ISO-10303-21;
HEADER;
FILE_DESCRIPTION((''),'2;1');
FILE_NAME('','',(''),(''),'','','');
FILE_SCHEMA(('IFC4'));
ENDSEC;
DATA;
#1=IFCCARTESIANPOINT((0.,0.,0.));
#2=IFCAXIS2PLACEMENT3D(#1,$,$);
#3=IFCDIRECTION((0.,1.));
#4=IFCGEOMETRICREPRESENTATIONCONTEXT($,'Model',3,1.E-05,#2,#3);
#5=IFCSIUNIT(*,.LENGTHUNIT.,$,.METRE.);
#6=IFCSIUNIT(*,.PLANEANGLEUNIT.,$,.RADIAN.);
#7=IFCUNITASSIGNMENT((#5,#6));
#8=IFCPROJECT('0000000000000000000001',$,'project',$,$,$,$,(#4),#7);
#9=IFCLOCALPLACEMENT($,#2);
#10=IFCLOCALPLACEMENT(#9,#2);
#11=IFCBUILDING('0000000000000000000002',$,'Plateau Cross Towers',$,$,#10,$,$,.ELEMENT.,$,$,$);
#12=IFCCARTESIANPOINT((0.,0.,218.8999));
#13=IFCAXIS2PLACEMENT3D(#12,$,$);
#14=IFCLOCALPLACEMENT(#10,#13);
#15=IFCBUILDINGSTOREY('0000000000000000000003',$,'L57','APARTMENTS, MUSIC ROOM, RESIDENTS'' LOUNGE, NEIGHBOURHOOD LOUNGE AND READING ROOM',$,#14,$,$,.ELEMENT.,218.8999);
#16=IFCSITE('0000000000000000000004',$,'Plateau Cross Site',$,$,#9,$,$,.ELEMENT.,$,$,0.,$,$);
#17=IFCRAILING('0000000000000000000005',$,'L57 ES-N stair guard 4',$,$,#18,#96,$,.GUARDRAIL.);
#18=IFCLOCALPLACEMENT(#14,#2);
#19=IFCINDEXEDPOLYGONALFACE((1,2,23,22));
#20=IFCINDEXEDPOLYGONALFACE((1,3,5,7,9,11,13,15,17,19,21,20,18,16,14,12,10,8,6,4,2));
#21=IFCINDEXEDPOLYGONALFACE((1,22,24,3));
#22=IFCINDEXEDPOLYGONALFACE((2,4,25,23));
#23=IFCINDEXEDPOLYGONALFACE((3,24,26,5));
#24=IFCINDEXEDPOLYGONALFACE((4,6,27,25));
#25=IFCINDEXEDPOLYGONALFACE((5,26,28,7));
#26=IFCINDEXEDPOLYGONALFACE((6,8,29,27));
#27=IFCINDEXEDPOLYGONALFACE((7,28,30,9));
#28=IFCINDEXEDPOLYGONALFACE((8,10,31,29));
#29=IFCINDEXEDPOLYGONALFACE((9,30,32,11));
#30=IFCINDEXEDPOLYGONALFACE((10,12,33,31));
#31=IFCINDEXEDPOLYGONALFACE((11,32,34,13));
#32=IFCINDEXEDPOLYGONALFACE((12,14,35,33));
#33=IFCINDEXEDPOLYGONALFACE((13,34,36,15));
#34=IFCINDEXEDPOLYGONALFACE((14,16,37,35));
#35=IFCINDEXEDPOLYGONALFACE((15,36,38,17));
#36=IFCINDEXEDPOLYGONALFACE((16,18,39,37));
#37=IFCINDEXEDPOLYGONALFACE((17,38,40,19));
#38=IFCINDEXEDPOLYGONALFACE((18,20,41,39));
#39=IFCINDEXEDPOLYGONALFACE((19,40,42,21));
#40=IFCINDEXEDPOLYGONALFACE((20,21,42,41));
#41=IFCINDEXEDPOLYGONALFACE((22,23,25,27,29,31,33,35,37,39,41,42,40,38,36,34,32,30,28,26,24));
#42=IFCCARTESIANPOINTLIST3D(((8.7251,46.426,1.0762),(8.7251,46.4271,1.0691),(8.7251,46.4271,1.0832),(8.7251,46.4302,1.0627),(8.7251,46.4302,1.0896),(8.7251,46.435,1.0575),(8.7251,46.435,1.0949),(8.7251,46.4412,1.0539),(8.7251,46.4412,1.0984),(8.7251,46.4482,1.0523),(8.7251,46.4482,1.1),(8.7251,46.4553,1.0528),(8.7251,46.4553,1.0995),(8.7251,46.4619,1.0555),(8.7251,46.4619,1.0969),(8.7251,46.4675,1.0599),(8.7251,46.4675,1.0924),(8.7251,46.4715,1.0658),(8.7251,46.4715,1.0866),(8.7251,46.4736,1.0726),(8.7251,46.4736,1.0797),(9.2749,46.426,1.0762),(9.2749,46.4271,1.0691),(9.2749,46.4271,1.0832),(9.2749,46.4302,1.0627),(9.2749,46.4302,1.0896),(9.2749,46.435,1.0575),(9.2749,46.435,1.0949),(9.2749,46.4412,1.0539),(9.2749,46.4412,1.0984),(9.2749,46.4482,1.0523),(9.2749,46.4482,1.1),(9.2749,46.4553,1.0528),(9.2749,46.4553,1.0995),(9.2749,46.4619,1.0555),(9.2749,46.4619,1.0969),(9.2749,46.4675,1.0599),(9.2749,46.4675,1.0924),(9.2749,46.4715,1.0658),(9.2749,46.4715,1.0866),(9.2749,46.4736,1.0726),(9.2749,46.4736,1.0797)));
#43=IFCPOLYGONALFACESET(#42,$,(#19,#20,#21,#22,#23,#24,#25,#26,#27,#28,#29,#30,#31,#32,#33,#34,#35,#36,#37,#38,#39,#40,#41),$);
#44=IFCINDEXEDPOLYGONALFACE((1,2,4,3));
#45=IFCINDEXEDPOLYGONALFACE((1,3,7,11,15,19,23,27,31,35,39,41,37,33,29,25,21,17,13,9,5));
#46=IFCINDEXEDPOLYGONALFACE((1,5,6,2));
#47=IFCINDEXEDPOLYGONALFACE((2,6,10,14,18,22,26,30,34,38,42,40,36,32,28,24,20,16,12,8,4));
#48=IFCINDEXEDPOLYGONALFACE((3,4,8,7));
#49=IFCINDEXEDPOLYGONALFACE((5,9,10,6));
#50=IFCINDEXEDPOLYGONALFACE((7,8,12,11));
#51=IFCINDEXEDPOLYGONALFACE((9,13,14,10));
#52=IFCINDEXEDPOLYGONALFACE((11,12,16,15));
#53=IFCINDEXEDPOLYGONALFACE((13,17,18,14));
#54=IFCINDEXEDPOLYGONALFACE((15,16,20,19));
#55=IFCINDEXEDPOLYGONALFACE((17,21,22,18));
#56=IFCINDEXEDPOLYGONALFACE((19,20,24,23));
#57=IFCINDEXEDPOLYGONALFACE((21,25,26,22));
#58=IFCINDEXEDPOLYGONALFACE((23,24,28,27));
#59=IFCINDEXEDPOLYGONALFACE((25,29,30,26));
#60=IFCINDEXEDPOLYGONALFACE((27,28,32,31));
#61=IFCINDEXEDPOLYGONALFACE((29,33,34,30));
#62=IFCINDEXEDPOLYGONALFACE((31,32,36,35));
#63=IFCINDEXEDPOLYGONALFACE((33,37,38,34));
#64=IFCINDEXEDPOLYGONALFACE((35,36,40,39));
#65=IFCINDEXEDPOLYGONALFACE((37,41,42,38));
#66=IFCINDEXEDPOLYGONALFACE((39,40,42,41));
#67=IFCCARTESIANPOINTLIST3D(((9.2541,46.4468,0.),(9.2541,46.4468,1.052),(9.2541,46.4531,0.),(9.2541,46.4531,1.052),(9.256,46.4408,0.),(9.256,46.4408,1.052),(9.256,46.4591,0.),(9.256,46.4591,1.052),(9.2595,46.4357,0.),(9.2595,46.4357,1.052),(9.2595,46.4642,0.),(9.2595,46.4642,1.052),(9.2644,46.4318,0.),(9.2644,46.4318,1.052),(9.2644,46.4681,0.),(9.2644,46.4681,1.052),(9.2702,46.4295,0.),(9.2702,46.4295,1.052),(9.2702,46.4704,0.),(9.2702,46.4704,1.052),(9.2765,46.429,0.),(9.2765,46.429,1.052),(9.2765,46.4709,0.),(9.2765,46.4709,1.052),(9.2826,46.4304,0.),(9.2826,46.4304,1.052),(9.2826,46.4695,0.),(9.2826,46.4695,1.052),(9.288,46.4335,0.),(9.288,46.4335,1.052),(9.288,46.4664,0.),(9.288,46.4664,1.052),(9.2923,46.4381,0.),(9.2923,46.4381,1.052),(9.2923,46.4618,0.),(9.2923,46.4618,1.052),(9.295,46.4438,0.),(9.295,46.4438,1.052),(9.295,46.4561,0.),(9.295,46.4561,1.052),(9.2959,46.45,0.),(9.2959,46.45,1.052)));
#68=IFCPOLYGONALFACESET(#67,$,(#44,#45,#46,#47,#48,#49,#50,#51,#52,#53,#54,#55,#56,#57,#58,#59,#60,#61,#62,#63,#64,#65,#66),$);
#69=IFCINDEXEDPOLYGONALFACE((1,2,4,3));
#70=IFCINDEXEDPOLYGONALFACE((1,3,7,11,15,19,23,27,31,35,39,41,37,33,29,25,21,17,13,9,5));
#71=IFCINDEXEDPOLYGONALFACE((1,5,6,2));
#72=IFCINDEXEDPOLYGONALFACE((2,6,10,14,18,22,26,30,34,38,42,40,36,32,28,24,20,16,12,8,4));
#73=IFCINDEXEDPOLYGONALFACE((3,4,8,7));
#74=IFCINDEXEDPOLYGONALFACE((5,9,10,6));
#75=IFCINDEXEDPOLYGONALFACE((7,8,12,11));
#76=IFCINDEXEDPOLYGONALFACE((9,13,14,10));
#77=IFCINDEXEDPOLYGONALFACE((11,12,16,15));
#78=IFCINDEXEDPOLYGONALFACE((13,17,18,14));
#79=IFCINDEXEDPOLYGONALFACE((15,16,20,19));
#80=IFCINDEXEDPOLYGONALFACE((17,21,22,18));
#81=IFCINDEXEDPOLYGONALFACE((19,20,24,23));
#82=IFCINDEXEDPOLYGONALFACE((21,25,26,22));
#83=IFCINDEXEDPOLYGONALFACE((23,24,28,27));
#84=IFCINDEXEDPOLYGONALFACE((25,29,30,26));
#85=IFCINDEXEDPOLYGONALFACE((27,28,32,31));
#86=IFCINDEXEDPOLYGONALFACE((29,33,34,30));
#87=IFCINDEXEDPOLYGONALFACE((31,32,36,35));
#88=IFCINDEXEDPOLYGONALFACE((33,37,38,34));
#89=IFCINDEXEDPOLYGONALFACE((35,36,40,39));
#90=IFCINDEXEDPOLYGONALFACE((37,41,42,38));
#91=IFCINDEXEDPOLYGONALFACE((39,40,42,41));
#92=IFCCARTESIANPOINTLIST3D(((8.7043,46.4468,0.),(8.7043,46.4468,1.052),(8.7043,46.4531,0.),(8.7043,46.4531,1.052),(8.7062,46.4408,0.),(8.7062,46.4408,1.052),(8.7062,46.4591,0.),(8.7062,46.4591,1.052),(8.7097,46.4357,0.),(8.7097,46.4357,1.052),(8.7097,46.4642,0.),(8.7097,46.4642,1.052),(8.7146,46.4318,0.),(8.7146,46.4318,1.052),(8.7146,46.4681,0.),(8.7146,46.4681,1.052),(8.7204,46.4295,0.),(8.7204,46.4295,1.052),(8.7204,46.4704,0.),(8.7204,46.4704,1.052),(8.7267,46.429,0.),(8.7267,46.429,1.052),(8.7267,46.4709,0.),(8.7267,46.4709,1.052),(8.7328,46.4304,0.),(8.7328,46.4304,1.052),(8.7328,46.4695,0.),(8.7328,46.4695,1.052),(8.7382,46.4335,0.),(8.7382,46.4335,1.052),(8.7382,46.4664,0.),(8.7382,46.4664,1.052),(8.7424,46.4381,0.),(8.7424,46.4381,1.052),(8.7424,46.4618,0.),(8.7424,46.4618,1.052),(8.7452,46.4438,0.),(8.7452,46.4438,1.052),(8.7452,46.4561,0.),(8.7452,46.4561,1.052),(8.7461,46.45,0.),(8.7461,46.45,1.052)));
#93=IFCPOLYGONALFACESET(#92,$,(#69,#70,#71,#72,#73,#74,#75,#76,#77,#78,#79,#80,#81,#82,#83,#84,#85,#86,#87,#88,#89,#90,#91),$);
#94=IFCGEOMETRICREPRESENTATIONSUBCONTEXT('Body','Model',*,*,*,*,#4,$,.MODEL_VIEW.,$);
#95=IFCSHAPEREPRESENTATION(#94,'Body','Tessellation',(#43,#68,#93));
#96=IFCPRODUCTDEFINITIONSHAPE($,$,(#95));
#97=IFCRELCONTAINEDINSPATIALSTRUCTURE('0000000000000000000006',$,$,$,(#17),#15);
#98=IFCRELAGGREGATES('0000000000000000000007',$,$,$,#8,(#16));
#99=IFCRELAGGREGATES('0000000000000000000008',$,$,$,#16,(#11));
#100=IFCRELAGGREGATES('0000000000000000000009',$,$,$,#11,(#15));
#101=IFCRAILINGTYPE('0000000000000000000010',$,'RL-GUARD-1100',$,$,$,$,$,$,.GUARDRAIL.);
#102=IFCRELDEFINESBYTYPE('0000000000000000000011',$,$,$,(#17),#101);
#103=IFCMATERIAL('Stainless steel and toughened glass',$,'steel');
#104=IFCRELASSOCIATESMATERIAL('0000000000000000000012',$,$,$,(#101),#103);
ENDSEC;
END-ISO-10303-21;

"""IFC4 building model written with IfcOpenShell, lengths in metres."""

from ifc_helpers import new_model, si_unit, direction, frame, origin, origin_2d, place, context, subcontext, project, spatial, circle, extrude, material, type_object, element, save


model = new_model("IFC4")

# Units and contexts
model_context = context("Model", 3, precision=1e-05, world=origin(), true_north=direction((0.0, 1.0)))
body_context = subcontext(model_context, "Body", "Model", "MODEL_VIEW")
ifc_project = project(units=[si_unit("LENGTHUNIT", "METRE"), si_unit("PLANEANGLEUNIT", "RADIAN")], contexts=[model_context])

# Site, building, storey
site_placement = place(None, origin())
site = spatial("IfcSite", under=ifc_project, at=site_placement, Name="Plateau Cross Site", CompositionType="ELEMENT", RefElevation=0.0)
building_placement = place(site_placement, origin())
building = spatial("IfcBuilding", under=site, at=building_placement, Name="Plateau Cross Towers", CompositionType="ELEMENT")
storey_placement = place(building_placement, frame((0.0, 0.0, 218.8999)))
storey = spatial("IfcBuildingStorey", under=building, at=storey_placement, Name="L57", Description="APARTMENTS, MUSIC ROOM, RESIDENTS' LOUNGE, NEIGHBOURHOOD LOUNGE AND READING ROOM", CompositionType="ELEMENT", Elevation=218.8999)

# Railing
ifc_material_1 = material(Name="Stainless steel and toughened glass", Category="steel")
railing_type_1 = type_object("IfcRailingType", Name="RL-GUARD-1100", PredefinedType="GUARDRAIL", material=ifc_material_1)
railing_1_placement = place(storey_placement, frame((9.2749, 46.45, 0.0)))
element("IfcRailing", 1, at=railing_1_placement, inside=storey, type_object=railing_type_1, Name="L57 ES-N stair guard 4", PredefinedType="GUARDRAIL", context=body_context, shape_type="SweptSolid", body=[
    extrude(circle(Radius=0.0239, at=origin_2d()), frame((0.0, 0.0, 1.0762), z_axis=(-1.0, 0.0, 0.0), x_axis=(0.0, -1.0, 0.0)), (0.0, 0.0, 1.0), 0.5498),
    extrude(circle(Radius=0.021, at=origin_2d()), origin(), (0.0, 0.0, 1.0), 1.052),
    extrude(circle(Radius=0.021, at=origin_2d()), frame((-0.5498, 0.0, 0.0)), (0.0, 0.0, 1.0), 1.052),
])

save(model, "model.ifc")
